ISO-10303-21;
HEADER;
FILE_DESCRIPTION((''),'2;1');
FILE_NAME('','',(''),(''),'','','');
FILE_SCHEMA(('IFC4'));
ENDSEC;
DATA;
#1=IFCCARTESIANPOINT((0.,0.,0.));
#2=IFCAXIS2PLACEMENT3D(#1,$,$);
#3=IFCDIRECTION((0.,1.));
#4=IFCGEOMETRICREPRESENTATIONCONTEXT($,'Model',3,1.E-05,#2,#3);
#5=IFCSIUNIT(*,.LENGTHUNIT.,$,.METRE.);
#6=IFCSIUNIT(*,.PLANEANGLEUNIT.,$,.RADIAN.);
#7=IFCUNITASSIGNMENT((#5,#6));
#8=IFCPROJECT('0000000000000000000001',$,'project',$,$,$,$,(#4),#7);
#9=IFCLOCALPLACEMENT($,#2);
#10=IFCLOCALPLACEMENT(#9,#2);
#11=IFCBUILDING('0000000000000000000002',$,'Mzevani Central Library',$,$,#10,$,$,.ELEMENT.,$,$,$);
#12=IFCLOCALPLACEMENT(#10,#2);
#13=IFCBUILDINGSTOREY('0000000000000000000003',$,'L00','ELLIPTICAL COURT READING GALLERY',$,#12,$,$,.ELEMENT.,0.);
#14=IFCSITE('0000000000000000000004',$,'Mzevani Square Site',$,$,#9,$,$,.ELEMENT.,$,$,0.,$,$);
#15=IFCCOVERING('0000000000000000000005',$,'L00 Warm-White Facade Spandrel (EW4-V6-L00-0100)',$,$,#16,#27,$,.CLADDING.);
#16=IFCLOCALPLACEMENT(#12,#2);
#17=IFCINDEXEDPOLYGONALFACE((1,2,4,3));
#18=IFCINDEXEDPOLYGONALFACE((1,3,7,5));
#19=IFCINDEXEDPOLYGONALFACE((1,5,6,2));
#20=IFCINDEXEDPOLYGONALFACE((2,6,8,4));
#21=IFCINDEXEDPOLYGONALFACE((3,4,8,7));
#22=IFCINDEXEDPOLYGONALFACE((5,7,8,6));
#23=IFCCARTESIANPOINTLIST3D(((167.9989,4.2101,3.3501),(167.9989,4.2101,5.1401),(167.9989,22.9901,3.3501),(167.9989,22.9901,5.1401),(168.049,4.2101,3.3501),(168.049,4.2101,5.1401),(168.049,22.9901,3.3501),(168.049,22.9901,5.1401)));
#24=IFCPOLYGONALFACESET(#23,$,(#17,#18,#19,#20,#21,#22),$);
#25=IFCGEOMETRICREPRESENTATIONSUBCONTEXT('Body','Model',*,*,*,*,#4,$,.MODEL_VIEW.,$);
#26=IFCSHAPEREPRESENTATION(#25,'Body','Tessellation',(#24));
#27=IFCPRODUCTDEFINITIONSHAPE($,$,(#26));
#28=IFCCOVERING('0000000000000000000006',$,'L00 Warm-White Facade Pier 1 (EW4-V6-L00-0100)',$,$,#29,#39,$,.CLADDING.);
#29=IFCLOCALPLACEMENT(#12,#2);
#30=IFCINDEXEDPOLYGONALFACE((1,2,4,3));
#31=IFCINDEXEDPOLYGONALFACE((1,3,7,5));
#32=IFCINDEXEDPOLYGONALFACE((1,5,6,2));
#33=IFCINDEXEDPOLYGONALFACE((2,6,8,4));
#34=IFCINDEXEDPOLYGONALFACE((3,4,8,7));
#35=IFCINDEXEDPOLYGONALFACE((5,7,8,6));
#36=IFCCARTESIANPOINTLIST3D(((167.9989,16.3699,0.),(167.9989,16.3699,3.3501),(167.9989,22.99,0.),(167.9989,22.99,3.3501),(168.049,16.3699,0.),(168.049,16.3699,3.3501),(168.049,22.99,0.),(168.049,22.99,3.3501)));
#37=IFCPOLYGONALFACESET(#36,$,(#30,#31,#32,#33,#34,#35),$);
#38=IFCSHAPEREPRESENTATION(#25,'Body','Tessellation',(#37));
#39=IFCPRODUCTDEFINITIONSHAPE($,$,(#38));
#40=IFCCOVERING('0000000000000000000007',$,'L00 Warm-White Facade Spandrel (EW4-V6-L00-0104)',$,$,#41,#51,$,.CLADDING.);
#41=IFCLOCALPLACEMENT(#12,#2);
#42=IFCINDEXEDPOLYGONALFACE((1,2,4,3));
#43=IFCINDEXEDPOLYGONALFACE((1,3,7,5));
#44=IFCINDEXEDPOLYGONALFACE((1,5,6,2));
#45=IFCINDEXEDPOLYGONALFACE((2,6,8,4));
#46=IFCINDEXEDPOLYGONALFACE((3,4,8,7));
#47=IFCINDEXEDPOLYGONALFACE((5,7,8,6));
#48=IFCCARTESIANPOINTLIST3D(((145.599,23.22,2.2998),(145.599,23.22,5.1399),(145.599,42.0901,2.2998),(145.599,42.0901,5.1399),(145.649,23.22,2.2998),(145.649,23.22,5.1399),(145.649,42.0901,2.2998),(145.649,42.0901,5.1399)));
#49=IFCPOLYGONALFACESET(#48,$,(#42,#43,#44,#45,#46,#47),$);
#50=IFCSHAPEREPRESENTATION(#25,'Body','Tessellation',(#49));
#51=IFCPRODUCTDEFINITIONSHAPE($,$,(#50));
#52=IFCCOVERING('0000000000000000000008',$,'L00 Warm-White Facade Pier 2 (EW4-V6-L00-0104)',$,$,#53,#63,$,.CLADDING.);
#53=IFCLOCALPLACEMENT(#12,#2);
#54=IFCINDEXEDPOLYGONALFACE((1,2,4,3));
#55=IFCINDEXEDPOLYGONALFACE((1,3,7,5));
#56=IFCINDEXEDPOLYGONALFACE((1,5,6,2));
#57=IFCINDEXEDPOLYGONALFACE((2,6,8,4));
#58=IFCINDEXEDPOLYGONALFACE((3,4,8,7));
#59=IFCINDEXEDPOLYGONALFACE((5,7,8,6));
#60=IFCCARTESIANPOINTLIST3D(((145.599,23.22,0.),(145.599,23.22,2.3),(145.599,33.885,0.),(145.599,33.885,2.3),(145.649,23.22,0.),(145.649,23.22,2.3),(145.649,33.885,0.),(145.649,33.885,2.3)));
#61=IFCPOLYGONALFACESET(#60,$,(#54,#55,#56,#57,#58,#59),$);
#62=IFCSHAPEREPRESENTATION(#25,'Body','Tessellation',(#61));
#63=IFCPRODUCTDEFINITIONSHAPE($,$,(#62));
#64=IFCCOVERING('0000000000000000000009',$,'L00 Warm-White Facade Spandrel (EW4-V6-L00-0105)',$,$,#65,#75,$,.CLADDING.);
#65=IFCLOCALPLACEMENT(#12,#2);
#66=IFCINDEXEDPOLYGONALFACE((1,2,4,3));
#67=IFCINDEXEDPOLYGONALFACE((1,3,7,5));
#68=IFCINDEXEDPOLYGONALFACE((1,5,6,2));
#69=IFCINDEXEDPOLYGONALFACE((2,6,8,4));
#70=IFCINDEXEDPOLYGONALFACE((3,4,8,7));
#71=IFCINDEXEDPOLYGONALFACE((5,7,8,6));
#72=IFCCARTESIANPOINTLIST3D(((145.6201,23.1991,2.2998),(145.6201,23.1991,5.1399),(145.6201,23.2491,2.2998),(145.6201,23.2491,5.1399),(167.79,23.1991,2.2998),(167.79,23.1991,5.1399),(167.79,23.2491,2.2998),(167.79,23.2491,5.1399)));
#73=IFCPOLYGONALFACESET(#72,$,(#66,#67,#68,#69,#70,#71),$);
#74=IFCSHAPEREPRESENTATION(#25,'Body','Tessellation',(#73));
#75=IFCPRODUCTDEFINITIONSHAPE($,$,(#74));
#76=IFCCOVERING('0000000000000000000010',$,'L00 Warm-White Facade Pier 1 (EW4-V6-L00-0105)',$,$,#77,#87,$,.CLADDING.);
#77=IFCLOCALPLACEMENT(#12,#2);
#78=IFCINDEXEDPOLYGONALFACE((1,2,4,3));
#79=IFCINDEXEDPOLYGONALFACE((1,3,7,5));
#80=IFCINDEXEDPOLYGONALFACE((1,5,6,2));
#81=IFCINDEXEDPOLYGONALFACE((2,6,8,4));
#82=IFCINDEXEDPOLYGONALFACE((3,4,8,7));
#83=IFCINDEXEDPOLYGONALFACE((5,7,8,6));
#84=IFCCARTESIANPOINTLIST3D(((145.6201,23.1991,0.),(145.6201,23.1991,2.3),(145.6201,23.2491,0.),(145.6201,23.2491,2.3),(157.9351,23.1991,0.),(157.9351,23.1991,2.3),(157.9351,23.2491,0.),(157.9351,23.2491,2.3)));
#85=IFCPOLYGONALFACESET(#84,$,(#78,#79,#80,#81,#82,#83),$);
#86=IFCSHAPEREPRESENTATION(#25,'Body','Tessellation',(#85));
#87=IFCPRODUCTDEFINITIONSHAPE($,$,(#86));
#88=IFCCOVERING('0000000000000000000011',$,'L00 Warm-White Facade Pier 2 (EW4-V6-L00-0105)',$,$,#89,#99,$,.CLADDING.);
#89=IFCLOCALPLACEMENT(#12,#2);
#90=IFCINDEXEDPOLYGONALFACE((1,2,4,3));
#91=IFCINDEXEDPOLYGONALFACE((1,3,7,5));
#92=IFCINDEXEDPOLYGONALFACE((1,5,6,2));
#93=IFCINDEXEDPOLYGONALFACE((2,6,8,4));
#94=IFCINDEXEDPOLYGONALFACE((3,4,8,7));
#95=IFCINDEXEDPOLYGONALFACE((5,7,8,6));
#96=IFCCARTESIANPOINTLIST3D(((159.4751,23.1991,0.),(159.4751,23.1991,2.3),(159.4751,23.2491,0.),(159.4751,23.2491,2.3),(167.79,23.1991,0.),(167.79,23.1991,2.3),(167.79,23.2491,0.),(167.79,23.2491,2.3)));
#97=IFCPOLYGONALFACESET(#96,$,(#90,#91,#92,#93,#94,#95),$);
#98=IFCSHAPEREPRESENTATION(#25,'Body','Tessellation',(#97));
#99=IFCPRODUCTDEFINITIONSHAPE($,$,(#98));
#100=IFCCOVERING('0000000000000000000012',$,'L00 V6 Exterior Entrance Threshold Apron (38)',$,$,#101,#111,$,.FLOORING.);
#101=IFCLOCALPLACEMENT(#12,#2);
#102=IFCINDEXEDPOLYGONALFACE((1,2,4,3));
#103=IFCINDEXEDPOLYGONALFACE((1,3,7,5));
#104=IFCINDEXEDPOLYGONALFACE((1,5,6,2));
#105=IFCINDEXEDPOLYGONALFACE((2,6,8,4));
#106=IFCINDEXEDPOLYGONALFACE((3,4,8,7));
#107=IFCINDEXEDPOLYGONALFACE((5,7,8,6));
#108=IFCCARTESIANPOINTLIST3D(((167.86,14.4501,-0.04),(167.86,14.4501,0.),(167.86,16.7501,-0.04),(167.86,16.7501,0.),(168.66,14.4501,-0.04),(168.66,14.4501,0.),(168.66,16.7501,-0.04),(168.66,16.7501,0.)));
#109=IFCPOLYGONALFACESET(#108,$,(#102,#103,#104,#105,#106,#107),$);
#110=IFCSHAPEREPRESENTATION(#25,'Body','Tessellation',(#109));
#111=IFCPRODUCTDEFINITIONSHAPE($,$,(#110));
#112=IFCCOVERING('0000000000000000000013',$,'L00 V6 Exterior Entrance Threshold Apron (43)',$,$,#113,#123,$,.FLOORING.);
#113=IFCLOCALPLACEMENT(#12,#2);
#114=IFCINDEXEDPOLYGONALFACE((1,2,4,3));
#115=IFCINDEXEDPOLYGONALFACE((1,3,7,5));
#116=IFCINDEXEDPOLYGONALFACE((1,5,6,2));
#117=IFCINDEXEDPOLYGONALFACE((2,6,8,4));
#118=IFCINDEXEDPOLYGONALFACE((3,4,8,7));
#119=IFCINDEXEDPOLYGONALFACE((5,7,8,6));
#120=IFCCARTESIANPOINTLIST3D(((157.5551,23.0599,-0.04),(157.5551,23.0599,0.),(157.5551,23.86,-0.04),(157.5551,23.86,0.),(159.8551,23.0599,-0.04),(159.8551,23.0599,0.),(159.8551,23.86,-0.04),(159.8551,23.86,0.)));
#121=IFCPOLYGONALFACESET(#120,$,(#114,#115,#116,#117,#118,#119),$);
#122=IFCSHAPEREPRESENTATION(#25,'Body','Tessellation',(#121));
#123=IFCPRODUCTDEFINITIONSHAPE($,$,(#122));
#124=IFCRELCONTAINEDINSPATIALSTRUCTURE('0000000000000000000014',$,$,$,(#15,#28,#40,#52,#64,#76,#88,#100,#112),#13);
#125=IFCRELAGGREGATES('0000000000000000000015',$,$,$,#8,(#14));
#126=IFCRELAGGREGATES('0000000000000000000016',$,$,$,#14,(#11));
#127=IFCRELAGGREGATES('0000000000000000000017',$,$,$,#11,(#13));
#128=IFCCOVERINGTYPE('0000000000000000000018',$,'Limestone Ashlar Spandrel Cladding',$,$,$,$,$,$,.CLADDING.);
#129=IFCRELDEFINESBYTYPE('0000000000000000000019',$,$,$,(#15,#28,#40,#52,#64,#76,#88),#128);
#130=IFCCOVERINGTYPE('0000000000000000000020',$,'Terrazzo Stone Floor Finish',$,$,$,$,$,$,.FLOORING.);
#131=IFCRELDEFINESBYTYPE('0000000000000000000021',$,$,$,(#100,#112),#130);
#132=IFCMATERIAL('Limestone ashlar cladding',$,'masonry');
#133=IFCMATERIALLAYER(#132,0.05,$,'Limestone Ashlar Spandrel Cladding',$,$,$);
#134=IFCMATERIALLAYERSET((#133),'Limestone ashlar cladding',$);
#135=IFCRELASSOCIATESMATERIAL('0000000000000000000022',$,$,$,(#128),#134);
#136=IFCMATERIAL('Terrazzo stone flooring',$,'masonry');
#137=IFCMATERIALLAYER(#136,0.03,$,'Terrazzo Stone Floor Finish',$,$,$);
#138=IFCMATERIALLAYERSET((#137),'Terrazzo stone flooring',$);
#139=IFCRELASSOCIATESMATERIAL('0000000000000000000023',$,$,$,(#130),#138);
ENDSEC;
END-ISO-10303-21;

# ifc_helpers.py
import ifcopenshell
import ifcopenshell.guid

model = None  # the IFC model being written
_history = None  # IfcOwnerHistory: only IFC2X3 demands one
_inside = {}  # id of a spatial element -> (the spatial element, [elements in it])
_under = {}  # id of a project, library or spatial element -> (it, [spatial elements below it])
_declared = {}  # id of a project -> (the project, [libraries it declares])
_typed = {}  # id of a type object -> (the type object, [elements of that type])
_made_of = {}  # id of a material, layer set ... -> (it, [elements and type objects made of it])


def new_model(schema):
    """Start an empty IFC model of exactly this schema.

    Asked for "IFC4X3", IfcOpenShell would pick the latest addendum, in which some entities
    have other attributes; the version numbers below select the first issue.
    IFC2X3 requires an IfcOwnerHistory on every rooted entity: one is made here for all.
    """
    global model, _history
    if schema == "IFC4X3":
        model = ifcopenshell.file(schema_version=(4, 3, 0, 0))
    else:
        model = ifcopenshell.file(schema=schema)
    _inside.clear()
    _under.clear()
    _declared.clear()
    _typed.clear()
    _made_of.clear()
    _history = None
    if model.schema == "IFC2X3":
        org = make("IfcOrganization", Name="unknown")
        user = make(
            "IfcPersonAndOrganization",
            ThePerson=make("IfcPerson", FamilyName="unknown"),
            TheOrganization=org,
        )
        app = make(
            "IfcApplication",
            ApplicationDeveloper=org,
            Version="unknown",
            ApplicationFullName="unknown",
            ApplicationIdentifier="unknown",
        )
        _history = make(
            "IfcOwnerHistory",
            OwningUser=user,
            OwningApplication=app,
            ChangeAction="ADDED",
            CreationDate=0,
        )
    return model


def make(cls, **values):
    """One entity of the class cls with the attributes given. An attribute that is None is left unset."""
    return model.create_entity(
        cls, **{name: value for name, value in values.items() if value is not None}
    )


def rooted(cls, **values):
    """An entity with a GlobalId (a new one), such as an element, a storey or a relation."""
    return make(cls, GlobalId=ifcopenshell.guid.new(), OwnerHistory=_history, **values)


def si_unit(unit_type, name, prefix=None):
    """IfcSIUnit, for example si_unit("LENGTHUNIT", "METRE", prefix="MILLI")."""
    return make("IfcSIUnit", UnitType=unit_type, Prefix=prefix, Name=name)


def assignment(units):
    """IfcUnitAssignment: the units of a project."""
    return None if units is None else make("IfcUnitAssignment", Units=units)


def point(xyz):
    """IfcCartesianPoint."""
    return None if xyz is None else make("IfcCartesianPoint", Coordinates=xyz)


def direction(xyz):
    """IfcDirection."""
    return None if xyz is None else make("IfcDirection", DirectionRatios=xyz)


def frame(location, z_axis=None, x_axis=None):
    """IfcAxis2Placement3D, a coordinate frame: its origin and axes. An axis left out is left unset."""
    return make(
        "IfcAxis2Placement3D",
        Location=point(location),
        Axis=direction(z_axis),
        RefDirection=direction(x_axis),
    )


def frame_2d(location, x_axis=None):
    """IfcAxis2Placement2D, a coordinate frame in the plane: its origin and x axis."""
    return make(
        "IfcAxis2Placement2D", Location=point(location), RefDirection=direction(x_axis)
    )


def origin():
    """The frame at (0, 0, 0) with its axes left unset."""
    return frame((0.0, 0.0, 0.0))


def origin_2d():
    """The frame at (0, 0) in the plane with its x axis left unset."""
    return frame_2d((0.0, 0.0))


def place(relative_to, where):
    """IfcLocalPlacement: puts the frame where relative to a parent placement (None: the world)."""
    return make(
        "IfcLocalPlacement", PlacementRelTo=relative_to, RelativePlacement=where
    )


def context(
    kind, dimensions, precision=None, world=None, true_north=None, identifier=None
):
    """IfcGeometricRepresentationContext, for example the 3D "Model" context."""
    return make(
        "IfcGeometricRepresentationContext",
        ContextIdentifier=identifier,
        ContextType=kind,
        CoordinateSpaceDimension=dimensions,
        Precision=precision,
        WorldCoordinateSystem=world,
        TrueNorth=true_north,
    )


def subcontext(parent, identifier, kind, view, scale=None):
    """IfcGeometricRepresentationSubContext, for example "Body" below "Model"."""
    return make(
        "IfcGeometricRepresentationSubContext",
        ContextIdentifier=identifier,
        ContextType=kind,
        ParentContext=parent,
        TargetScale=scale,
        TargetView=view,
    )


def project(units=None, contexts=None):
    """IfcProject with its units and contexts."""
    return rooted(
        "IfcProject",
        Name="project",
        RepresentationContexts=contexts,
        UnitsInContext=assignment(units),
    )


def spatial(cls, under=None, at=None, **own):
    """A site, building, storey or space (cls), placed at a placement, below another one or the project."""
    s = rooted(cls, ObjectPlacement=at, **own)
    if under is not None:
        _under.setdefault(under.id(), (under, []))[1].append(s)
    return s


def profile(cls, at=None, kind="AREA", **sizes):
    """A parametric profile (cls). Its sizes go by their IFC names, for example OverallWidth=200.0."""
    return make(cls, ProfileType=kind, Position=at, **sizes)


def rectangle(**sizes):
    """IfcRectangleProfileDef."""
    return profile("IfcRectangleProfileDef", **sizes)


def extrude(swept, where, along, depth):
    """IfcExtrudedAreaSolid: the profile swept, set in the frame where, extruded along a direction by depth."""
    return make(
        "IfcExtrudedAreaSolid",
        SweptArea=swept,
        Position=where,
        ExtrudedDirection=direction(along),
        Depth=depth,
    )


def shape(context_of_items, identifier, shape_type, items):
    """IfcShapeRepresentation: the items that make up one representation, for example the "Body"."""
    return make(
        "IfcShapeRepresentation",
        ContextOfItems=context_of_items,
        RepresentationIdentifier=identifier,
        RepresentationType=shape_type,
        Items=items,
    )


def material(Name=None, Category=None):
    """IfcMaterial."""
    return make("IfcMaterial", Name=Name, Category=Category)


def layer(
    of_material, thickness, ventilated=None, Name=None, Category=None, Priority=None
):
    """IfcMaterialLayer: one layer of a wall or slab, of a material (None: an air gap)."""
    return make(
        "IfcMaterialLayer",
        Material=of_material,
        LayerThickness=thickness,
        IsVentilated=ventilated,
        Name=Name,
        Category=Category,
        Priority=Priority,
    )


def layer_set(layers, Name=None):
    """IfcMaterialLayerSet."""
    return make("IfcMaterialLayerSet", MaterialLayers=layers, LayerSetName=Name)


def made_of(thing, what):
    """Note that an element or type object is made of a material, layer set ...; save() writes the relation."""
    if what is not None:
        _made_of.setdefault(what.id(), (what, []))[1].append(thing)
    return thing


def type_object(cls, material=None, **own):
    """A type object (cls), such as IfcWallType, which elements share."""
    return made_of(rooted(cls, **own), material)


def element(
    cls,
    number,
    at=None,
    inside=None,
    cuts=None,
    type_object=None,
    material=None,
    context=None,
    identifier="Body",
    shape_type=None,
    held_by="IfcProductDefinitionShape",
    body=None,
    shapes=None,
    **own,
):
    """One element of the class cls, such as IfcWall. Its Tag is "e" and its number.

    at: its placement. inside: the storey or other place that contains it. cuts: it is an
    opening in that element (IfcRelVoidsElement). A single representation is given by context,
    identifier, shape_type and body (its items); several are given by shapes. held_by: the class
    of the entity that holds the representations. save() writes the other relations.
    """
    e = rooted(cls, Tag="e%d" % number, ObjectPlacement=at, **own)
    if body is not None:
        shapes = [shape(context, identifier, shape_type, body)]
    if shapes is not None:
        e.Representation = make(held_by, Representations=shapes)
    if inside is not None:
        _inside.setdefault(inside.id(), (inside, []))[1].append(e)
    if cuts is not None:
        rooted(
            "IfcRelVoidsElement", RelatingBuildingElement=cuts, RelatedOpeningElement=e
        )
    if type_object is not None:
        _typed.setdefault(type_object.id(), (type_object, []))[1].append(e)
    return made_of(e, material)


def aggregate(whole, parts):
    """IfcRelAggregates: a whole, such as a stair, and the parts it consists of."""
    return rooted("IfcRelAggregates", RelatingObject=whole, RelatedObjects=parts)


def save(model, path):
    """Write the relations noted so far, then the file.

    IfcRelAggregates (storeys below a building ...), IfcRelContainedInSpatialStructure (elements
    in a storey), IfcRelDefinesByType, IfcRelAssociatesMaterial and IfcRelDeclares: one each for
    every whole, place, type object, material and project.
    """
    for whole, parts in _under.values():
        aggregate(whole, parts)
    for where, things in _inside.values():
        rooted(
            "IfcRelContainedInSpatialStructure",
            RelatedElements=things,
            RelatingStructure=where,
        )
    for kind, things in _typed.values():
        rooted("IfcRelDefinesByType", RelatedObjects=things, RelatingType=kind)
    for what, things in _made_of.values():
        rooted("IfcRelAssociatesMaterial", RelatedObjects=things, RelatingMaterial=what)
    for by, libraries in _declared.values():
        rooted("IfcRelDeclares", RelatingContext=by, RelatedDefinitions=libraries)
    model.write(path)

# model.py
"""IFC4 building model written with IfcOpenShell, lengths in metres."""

from ifc_helpers import new_model, si_unit, direction, frame, origin, origin_2d, place, context, subcontext, project, spatial, rectangle, extrude, material, layer, layer_set, type_object, element, save


model = new_model("IFC4")

# Units and contexts
model_context = context("Model", 3, precision=1e-05, world=origin(), true_north=direction((0.0, 1.0)))
body_context = subcontext(model_context, "Body", "Model", "MODEL_VIEW")
ifc_project = project(units=[si_unit("LENGTHUNIT", "METRE"), si_unit("PLANEANGLEUNIT", "RADIAN")], contexts=[model_context])

# Site, building, storey
site_placement = place(None, origin())
site = spatial("IfcSite", under=ifc_project, at=site_placement, Name="Mzevani Square Site", CompositionType="ELEMENT", RefElevation=0.0)
building_placement = place(site_placement, origin())
building = spatial("IfcBuilding", under=site, at=building_placement, Name="Mzevani Central Library", CompositionType="ELEMENT")
storey_placement = place(building_placement, origin())
storey = spatial("IfcBuildingStorey", under=building, at=storey_placement, Name="L00", Description="ELLIPTICAL COURT READING GALLERY", CompositionType="ELEMENT", Elevation=0.0)

# Coverings
ifc_material_1 = material(Name="Limestone ashlar cladding", Category="masonry")
ifc_layer_1 = layer(ifc_material_1, 0.05, Name="Limestone Ashlar Spandrel Cladding")
ifc_layer_set_1 = layer_set([ifc_layer_1], Name="Limestone ashlar cladding")
covering_type_1 = type_object("IfcCoveringType", Name="Limestone Ashlar Spandrel Cladding", PredefinedType="CLADDING", material=ifc_layer_set_1)
covering_1_placement = place(storey_placement, frame((168.0239, 13.6001, 3.3501), z_axis=(0.0, 0.0, 1.0), x_axis=(0.0, -1.0, 0.0)))
element("IfcCovering", 1, at=covering_1_placement, inside=storey, type_object=covering_type_1, Name="L00 Warm-White Facade Spandrel (EW4-V6-L00-0100)", PredefinedType="CLADDING", context=body_context, shape_type="SweptSolid", body=[
    extrude(rectangle(XDim=18.78, YDim=0.05, at=origin_2d()), origin(), (0.0, 0.0, 1.0), 1.79),
])
covering_2_placement = place(storey_placement, frame((168.0239, 19.6799, 0.0), z_axis=(0.0, 0.0, 1.0), x_axis=(0.0, -1.0, 0.0)))
element("IfcCovering", 2, at=covering_2_placement, inside=storey, type_object=covering_type_1, Name="L00 Warm-White Facade Pier 1 (EW4-V6-L00-0100)", PredefinedType="CLADDING", context=body_context, shape_type="SweptSolid", body=[
    extrude(rectangle(XDim=6.6201, YDim=0.05, at=origin_2d()), origin(), (0.0, 0.0, 1.0), 3.3501),
])
covering_3_placement = place(storey_placement, frame((145.624, 32.655, 2.2998), z_axis=(0.0, 0.0, 1.0), x_axis=(0.0, -1.0, 0.0)))
element("IfcCovering", 3, at=covering_3_placement, inside=storey, type_object=covering_type_1, Name="L00 Warm-White Facade Spandrel (EW4-V6-L00-0104)", PredefinedType="CLADDING", context=body_context, shape_type="SweptSolid", body=[
    extrude(rectangle(XDim=18.8701, YDim=0.05, at=origin_2d()), origin(), (0.0, 0.0, 1.0), 2.8401),
])
covering_4_placement = place(storey_placement, frame((145.624, 28.5525, 0.0), z_axis=(0.0, 0.0, 1.0), x_axis=(0.0, -1.0, 0.0)))
element("IfcCovering", 4, at=covering_4_placement, inside=storey, type_object=covering_type_1, Name="L00 Warm-White Facade Pier 2 (EW4-V6-L00-0104)", PredefinedType="CLADDING", context=body_context, shape_type="SweptSolid", body=[
    extrude(rectangle(XDim=10.665, YDim=0.05, at=origin_2d()), origin(), (0.0, 0.0, 1.0), 2.3),
])
covering_5_placement = place(storey_placement, frame((156.7051, 23.2241, 2.2998), z_axis=(0.0, 0.0, 1.0), x_axis=(1.0, 0.0, 0.0)))
element("IfcCovering", 5, at=covering_5_placement, inside=storey, type_object=covering_type_1, Name="L00 Warm-White Facade Spandrel (EW4-V6-L00-0105)", PredefinedType="CLADDING", context=body_context, shape_type="SweptSolid", body=[
    extrude(rectangle(XDim=22.1699, YDim=0.05, at=origin_2d()), origin(), (0.0, 0.0, 1.0), 2.8401),
])
covering_6_placement = place(storey_placement, frame((151.7776, 23.2241, 0.0), z_axis=(0.0, 0.0, 1.0), x_axis=(1.0, 0.0, 0.0)))
element("IfcCovering", 6, at=covering_6_placement, inside=storey, type_object=covering_type_1, Name="L00 Warm-White Facade Pier 1 (EW4-V6-L00-0105)", PredefinedType="CLADDING", context=body_context, shape_type="SweptSolid", body=[
    extrude(rectangle(XDim=12.3149, YDim=0.05, at=origin_2d()), origin(), (0.0, 0.0, 1.0), 2.3),
])
covering_7_placement = place(storey_placement, frame((163.6326, 23.2241, 0.0), z_axis=(0.0, 0.0, 1.0), x_axis=(1.0, 0.0, 0.0)))
element("IfcCovering", 7, at=covering_7_placement, inside=storey, type_object=covering_type_1, Name="L00 Warm-White Facade Pier 2 (EW4-V6-L00-0105)", PredefinedType="CLADDING", context=body_context, shape_type="SweptSolid", body=[
    extrude(rectangle(XDim=8.3149, YDim=0.05, at=origin_2d()), origin(), (0.0, 0.0, 1.0), 2.3),
])
ifc_material_2 = material(Name="Terrazzo stone flooring", Category="masonry")
ifc_layer_2 = layer(ifc_material_2, 0.03, Name="Terrazzo Stone Floor Finish")
ifc_layer_set_2 = layer_set([ifc_layer_2], Name="Terrazzo stone flooring")
covering_type_2 = type_object("IfcCoveringType", Name="Terrazzo Stone Floor Finish", PredefinedType="FLOORING", material=ifc_layer_set_2)
for number, where, z_axis, x_axis, name in (
    (8, (168.26, 15.6001, -0.04), (0.0, 0.0, 1.0), (0.0, -1.0, 0.0), "L00 V6 Exterior Entrance Threshold Apron (38)"),
    (9, (158.7051, 23.46, -0.04), (0.0, 0.0, 1.0), (1.0, 0.0, 0.0), "L00 V6 Exterior Entrance Threshold Apron (43)"),
):
    element("IfcCovering", number, at=place(storey_placement, frame(where, z_axis=z_axis, x_axis=x_axis)), inside=storey, type_object=covering_type_2, Name=name, PredefinedType="FLOORING", context=body_context, shape_type="SweptSolid", body=[
        extrude(rectangle(XDim=2.3, YDim=0.8, at=origin_2d()), origin(), (0.0, 0.0, 1.0), 0.04),
    ])

save(model, "model.ifc")
